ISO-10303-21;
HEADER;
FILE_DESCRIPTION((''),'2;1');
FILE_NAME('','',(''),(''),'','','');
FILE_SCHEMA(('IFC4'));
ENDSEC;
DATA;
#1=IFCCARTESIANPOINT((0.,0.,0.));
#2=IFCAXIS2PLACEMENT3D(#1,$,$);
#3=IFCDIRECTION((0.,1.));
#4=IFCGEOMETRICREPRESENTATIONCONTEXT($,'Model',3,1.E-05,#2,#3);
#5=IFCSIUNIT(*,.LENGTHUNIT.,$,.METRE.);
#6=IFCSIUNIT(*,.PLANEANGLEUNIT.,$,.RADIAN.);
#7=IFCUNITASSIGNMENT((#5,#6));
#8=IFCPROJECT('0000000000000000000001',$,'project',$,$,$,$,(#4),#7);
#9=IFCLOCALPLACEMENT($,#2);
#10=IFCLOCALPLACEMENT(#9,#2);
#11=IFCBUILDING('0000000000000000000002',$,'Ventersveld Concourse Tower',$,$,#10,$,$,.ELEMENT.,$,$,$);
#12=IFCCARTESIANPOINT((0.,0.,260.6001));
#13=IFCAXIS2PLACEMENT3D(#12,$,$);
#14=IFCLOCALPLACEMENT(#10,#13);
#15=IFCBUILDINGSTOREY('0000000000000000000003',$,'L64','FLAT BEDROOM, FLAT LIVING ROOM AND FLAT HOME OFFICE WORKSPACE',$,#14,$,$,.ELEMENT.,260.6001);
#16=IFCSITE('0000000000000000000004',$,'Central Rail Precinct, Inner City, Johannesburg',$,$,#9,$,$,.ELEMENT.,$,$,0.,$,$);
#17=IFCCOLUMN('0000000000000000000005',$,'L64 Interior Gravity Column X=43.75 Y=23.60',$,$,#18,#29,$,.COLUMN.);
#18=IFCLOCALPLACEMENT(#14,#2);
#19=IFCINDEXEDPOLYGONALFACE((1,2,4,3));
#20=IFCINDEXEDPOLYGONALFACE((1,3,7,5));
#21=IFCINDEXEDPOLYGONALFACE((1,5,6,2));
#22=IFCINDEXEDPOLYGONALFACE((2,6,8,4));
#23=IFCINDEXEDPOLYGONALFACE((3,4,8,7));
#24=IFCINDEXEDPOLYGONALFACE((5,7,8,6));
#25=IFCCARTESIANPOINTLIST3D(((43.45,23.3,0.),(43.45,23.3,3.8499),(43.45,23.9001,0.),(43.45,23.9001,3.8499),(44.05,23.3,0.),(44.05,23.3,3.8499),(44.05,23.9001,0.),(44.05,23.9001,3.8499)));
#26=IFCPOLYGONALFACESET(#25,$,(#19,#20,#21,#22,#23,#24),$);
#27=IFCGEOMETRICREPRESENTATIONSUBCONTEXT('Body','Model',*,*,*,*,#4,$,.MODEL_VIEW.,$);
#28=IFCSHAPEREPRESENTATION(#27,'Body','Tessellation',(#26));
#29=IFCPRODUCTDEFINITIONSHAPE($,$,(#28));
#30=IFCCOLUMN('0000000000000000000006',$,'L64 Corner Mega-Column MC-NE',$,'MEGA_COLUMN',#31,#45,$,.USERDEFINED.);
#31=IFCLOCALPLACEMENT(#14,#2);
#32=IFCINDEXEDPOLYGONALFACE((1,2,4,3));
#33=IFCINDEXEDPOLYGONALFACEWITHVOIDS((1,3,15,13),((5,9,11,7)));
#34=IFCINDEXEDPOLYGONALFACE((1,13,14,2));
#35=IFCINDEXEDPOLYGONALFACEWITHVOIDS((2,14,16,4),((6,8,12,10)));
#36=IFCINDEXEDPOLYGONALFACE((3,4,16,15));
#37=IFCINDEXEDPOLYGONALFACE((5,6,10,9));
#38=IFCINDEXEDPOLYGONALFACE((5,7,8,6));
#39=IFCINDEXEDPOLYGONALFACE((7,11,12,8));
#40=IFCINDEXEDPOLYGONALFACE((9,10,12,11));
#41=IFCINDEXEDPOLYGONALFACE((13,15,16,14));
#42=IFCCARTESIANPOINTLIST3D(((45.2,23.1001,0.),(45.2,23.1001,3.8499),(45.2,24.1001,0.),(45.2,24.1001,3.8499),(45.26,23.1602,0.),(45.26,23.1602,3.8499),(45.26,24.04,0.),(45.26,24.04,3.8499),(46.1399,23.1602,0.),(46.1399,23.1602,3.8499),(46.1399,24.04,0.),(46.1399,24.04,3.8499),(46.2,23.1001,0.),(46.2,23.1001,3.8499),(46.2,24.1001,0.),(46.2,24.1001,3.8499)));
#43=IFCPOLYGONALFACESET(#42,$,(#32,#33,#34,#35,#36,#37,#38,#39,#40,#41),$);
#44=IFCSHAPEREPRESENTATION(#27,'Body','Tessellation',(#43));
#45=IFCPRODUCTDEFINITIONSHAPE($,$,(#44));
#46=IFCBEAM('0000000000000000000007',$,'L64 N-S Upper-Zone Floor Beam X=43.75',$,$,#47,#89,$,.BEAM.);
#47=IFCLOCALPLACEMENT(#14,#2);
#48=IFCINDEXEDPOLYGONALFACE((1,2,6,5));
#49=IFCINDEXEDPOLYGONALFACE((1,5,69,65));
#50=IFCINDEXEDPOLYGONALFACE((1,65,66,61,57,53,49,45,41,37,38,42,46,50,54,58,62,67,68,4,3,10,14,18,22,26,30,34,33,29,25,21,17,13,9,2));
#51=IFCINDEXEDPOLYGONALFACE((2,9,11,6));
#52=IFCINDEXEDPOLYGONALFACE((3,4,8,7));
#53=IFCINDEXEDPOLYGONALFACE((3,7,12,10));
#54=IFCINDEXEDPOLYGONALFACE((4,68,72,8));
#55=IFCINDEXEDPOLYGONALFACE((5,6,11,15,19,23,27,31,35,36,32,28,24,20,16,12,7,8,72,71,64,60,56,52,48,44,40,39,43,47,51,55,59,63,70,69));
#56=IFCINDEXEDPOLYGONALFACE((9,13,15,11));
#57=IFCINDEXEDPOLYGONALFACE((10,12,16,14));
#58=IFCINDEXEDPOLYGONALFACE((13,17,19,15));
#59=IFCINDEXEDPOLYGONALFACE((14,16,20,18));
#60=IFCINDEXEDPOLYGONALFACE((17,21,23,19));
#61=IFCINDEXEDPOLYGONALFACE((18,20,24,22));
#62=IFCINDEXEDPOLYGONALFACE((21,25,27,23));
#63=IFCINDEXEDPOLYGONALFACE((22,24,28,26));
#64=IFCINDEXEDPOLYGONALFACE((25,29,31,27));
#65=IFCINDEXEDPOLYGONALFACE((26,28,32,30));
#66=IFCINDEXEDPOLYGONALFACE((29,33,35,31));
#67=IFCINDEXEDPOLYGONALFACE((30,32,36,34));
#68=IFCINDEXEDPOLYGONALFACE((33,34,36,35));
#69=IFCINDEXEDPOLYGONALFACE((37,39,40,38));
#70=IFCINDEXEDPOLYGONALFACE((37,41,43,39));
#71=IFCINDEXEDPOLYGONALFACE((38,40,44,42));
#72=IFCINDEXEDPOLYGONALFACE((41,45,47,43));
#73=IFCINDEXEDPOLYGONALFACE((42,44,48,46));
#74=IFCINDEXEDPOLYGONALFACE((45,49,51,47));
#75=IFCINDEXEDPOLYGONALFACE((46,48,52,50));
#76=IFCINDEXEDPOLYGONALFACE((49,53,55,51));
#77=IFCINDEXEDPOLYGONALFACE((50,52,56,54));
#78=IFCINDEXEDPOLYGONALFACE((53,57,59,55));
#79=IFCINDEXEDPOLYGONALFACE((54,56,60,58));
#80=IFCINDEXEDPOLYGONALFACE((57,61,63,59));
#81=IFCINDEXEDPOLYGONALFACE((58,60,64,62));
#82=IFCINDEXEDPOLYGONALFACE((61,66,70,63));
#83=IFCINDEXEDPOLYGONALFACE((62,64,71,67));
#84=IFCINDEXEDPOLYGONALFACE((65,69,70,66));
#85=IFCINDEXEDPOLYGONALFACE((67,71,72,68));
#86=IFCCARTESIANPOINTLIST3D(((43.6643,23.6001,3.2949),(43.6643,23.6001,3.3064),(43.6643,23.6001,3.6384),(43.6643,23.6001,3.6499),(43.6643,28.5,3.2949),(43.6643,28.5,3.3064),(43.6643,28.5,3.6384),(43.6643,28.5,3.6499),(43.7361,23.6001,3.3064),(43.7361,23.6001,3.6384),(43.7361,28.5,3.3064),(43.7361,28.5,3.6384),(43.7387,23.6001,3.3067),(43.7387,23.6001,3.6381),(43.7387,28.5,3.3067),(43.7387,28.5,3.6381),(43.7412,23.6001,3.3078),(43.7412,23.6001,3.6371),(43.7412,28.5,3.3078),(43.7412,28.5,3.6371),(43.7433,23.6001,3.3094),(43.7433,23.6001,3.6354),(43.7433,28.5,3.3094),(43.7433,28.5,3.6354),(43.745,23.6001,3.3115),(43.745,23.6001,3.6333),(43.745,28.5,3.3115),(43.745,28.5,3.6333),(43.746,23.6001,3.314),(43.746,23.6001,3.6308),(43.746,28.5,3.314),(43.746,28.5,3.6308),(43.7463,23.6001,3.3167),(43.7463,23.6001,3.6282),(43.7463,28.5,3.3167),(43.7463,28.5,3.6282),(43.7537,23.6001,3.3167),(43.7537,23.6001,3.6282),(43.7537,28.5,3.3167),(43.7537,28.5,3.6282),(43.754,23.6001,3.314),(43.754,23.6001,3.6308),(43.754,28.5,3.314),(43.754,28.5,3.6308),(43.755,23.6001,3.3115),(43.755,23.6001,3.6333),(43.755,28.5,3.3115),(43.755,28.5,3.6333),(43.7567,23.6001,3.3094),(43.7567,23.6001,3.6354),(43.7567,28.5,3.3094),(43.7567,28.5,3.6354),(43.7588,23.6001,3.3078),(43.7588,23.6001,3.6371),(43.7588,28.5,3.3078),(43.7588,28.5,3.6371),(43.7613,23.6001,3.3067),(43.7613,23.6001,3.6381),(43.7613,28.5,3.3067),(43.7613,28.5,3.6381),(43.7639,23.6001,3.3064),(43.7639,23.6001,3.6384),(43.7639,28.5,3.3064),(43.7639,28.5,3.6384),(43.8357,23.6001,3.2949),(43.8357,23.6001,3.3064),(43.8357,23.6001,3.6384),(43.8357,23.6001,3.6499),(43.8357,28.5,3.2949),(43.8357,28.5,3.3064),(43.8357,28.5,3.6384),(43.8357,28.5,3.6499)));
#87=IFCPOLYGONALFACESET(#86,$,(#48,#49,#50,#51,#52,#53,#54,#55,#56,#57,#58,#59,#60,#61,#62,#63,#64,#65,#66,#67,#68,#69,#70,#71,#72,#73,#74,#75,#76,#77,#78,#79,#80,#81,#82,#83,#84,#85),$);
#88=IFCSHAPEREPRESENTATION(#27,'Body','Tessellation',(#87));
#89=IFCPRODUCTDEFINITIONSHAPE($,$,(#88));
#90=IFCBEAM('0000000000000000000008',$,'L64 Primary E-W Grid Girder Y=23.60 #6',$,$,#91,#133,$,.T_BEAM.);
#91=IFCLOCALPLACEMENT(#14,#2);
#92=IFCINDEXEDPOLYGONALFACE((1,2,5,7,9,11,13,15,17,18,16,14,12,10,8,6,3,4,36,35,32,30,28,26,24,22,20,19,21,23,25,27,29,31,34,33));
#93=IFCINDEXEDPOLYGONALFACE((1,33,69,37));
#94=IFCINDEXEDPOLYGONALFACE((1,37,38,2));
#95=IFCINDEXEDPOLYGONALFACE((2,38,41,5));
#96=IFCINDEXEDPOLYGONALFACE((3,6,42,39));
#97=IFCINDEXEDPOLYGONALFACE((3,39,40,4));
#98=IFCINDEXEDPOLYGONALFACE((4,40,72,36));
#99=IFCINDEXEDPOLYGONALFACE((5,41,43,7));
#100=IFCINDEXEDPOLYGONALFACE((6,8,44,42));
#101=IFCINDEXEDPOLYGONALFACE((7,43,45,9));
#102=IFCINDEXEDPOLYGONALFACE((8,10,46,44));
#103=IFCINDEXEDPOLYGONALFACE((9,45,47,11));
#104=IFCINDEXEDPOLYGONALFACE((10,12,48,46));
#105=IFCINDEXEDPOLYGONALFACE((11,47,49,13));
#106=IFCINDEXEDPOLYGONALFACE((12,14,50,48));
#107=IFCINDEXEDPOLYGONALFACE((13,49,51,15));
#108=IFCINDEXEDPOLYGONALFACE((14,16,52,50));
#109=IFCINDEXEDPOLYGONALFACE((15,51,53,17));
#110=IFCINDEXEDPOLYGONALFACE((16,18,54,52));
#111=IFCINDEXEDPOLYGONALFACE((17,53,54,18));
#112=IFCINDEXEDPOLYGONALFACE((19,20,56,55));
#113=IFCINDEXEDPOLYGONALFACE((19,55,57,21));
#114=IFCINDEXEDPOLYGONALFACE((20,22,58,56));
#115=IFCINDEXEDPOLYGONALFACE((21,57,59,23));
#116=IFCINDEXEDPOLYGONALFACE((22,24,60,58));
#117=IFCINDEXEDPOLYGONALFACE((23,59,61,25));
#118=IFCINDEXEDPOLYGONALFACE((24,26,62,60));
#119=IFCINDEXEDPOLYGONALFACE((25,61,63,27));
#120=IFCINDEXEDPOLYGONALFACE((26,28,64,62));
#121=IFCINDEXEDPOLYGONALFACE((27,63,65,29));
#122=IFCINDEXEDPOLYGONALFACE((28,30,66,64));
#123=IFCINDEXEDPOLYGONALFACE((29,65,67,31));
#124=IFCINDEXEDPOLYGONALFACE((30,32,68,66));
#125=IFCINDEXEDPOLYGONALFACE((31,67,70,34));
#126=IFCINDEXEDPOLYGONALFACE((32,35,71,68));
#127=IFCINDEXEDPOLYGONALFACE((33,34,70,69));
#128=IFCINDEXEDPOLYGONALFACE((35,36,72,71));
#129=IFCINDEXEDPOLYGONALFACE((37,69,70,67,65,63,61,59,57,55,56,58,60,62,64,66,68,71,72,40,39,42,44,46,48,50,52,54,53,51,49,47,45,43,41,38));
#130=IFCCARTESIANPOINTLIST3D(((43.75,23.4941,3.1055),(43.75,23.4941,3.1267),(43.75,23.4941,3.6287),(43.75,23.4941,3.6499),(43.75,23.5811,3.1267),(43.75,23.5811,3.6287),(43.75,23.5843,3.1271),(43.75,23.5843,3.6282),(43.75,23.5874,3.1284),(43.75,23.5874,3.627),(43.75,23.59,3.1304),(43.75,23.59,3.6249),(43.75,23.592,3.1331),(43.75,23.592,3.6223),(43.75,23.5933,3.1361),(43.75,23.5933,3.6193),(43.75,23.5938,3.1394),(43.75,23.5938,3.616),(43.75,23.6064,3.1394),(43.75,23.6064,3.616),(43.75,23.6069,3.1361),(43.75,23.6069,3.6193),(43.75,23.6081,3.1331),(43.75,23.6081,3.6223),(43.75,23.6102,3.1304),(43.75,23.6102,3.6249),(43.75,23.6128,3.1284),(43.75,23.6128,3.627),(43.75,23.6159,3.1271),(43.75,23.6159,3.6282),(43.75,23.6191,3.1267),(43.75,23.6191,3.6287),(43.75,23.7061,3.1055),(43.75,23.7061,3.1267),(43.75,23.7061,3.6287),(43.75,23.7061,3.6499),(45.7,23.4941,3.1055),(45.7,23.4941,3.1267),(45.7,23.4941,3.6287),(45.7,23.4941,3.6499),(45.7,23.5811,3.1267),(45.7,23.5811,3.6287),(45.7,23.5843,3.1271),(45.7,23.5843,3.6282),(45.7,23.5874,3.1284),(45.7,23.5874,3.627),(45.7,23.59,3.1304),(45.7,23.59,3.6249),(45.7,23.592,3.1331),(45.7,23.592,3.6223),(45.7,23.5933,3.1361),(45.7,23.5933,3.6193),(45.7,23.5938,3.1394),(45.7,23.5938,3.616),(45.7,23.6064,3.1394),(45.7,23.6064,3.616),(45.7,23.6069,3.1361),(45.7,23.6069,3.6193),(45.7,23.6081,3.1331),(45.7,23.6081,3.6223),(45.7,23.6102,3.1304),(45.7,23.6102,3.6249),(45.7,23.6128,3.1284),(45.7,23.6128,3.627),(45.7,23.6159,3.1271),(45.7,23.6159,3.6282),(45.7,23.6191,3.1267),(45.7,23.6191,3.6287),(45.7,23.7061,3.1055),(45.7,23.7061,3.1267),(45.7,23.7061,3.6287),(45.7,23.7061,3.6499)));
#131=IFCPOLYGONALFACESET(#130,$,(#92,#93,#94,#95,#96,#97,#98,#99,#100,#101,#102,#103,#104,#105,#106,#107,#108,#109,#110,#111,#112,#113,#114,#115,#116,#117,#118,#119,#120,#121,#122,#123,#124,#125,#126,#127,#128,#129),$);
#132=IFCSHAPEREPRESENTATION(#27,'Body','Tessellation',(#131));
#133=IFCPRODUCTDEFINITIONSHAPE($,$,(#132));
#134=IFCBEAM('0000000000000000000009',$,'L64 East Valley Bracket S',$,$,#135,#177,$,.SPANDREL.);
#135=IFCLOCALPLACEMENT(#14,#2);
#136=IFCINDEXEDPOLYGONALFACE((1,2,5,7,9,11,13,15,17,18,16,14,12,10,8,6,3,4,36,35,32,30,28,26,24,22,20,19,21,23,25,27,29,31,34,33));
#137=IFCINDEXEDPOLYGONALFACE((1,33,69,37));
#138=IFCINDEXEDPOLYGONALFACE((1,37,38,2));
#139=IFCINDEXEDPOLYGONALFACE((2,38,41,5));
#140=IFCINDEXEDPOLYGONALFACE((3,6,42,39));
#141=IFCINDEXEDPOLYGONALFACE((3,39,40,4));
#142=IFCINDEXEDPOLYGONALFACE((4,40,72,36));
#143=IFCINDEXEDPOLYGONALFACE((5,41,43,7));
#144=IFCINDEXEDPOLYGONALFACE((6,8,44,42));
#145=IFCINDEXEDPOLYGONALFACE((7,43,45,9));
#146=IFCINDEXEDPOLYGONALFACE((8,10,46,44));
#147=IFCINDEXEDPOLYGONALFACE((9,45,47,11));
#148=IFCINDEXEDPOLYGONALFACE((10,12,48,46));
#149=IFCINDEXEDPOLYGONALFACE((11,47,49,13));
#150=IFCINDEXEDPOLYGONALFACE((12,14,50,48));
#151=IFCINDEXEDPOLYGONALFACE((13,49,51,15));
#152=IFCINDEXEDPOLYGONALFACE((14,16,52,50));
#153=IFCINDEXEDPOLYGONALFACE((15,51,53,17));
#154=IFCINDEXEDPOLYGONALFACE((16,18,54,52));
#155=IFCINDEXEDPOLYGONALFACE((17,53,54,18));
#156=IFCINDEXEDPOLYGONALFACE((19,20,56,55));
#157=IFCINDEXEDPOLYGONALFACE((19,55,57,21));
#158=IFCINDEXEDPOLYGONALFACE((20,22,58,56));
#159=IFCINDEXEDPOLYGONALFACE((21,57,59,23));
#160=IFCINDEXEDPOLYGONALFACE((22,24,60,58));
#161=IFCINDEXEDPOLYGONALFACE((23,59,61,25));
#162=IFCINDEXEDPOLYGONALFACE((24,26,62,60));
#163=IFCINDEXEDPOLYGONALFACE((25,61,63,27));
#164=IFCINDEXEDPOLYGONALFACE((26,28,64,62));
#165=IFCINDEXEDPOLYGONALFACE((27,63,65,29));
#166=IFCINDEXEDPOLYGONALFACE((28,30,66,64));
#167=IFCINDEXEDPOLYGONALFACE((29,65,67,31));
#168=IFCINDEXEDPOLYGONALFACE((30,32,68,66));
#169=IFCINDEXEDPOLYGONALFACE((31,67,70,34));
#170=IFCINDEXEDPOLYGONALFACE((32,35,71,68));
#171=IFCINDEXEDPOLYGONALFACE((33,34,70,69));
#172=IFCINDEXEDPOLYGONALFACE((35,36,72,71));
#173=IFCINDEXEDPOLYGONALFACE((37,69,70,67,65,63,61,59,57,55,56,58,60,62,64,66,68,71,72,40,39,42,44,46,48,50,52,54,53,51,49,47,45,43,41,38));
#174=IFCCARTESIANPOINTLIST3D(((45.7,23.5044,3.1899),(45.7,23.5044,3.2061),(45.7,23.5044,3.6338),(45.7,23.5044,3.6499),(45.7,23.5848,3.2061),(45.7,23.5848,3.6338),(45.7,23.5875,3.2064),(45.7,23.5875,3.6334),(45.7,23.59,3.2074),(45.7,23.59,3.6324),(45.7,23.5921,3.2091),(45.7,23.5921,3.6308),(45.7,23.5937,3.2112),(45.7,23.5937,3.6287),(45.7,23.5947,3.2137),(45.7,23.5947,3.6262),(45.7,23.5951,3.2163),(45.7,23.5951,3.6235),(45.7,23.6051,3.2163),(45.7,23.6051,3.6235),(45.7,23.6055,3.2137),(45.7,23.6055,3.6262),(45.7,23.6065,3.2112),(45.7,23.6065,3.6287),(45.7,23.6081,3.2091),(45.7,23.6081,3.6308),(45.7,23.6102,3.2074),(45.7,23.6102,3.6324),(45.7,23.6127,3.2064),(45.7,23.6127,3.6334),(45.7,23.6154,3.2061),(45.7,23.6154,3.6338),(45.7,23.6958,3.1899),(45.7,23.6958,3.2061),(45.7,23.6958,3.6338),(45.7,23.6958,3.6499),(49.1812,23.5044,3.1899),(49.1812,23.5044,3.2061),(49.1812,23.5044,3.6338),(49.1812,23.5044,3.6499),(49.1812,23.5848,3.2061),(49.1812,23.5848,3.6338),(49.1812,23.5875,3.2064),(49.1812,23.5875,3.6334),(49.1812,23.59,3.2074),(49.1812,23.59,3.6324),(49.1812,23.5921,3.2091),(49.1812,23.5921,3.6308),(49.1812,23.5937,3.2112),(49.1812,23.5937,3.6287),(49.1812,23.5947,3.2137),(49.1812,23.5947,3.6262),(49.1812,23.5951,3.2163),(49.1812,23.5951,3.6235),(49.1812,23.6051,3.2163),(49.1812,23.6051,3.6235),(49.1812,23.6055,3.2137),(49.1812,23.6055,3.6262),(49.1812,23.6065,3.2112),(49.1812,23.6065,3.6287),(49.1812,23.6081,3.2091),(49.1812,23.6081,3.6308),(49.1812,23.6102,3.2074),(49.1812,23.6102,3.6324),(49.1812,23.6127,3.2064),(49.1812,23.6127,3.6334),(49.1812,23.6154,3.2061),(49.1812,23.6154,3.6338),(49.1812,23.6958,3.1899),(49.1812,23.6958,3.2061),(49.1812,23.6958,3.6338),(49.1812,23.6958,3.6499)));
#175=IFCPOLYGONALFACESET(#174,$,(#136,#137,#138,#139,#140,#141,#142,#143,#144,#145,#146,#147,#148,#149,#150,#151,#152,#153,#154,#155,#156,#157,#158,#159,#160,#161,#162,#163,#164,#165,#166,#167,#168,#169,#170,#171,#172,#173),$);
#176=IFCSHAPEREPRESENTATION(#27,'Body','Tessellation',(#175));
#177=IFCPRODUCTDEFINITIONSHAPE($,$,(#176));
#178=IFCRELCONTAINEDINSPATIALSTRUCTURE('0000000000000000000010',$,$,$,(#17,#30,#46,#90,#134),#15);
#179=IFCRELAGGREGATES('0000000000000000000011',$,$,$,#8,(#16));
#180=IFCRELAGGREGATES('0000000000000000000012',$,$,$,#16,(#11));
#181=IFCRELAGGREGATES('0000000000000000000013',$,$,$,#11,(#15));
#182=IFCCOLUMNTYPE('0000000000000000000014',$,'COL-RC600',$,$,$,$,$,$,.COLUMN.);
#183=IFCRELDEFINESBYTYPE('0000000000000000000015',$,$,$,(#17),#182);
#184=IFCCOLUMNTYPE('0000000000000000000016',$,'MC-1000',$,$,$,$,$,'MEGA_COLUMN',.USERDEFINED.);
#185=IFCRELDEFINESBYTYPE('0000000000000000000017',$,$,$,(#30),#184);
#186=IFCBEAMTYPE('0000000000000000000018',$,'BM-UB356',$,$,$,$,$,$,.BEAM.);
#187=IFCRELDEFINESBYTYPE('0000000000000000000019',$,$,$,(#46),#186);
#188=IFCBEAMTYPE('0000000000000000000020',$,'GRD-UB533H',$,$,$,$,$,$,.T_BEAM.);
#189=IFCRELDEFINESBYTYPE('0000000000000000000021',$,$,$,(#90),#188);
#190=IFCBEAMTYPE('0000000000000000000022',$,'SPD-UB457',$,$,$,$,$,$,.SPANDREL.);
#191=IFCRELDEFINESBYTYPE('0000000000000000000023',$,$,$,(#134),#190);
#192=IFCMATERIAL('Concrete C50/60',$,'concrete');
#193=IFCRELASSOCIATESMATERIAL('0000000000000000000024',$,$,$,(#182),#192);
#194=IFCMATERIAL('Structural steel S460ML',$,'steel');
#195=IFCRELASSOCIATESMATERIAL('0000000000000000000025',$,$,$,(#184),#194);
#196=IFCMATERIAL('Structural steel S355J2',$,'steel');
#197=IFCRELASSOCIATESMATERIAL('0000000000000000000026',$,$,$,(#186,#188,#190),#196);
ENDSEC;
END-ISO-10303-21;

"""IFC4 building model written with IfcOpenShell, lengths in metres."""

from ifc_helpers import new_model, si_unit, direction, frame, origin, origin_2d, place, context, subcontext, project, spatial, rectangle, hollow_rectangle, i_section, extrude, material, material_profile, profile_set, type_object, element, save


model = new_model("IFC4")

# Units and contexts
model_context = context("Model", 3, precision=1e-05, world=origin(), true_north=direction((0.0, 1.0)))
body_context = subcontext(model_context, "Body", "Model", "MODEL_VIEW")
ifc_project = project(units=[si_unit("LENGTHUNIT", "METRE"), si_unit("PLANEANGLEUNIT", "RADIAN")], contexts=[model_context])

# Site, building, storey
site_placement = place(None, origin())
site = spatial("IfcSite", under=ifc_project, at=site_placement, Name="Central Rail Precinct, Inner City, Johannesburg", CompositionType="ELEMENT", RefElevation=0.0)
building_placement = place(site_placement, origin())
building = spatial("IfcBuilding", under=site, at=building_placement, Name="Ventersveld Concourse Tower", CompositionType="ELEMENT")
storey_placement = place(building_placement, frame((0.0, 0.0, 260.6001)))
storey = spatial("IfcBuildingStorey", under=building, at=storey_placement, Name="L64", Description="FLAT BEDROOM, FLAT LIVING ROOM AND FLAT HOME OFFICE WORKSPACE", CompositionType="ELEMENT", Elevation=260.6001)

# Columns
ifc_material_1 = material(Name="Concrete C50/60", Category="concrete")
ifc_material_profile_1 = material_profile(ifc_material_1, rectangle(XDim=0.6001, YDim=0.6001, at=origin_2d()), Name="RC 600x600")
ifc_profile_set_1 = profile_set([ifc_material_profile_1], Name="Concrete C50/60")
column_type_1 = type_object("IfcColumnType", Name="COL-RC600", PredefinedType="COLUMN", material=ifc_profile_set_1)
column_1_placement = place(storey_placement, frame((43.75, 23.6001, 0.0), z_axis=(0.0, 0.0, 1.0), x_axis=(1.0, 0.0, 0.0)))
element("IfcColumn", 1, at=column_1_placement, inside=storey, type_object=column_type_1, Name="L64 Interior Gravity Column X=43.75 Y=23.60", PredefinedType="COLUMN", context=body_context, shape_type="SweptSolid", body=[
    extrude(rectangle(XDim=0.6001, YDim=0.6001, at=origin_2d()), origin(), (0.0, 0.0, 1.0), 3.8499),
])
ifc_material_2 = material(Name="Structural steel S460ML", Category="steel")
ifc_material_profile_2 = material_profile(ifc_material_2, hollow_rectangle(XDim=1.0, YDim=1.0, WallThickness=0.0601, at=origin_2d()), Name="BOX 1000x1000x60")
ifc_profile_set_2 = profile_set([ifc_material_profile_2], Name="Structural steel S460ML")
column_type_2 = type_object("IfcColumnType", Name="MC-1000", ElementType="MEGA_COLUMN", PredefinedType="USERDEFINED", material=ifc_profile_set_2)
column_2_placement = place(storey_placement, frame((45.7, 23.6001, 0.0), z_axis=(0.0, 0.0, 1.0), x_axis=(1.0, 0.0, 0.0)))
element("IfcColumn", 2, at=column_2_placement, inside=storey, type_object=column_type_2, Name="L64 Corner Mega-Column MC-NE", ObjectType="MEGA_COLUMN", PredefinedType="USERDEFINED", context=body_context, shape_type="SweptSolid", body=[
    extrude(hollow_rectangle(XDim=1.0, YDim=1.0, WallThickness=0.0601, at=origin_2d()), origin(), (0.0, 0.0, 1.0), 3.8499),
])

# Beams
ifc_material_3 = material(Name="Structural steel S355J2", Category="steel")
ifc_material_profile_3 = material_profile(ifc_material_3, i_section(OverallWidth=0.1714, OverallDepth=0.355, WebThickness=0.0073, FlangeThickness=0.0115, FilletRadius=0.0103, at=origin_2d()), Name="UB 356x171x51")
ifc_profile_set_3 = profile_set([ifc_material_profile_3], Name="Structural steel S355J2")
beam_type_1 = type_object("IfcBeamType", Name="BM-UB356", PredefinedType="BEAM", material=ifc_profile_set_3)
beam_1_placement = place(storey_placement, frame((43.75, 23.6001, 3.4724), z_axis=(0.0, 1.0, 0.0), x_axis=(-1.0, 0.0, 0.0)))
element("IfcBeam", 3, at=beam_1_placement, inside=storey, type_object=beam_type_1, Name="L64 N-S Upper-Zone Floor Beam X=43.75", PredefinedType="BEAM", context=body_context, shape_type="SweptSolid", body=[
    extrude(i_section(OverallWidth=0.1714, OverallDepth=0.355, WebThickness=0.0073, FlangeThickness=0.0115, FilletRadius=0.0103, at=origin_2d()), origin(), (0.0, 0.0, 1.0), 4.8999),
])
ifc_material_profile_4 = material_profile(ifc_material_3, i_section(OverallWidth=0.2119, OverallDepth=0.5444, WebThickness=0.0127, FlangeThickness=0.0212, FilletRadius=0.0127, at=origin_2d()), Name="UB 533x210x122")
ifc_profile_set_4 = profile_set([ifc_material_profile_4], Name="Structural steel S355J2")
beam_type_2 = type_object("IfcBeamType", Name="GRD-UB533H", PredefinedType="T_BEAM", material=ifc_profile_set_4)
beam_2_placement = place(storey_placement, frame((43.75, 23.6001, 3.3777), z_axis=(1.0, 0.0, 0.0), x_axis=(0.0, 1.0, 0.0)))
element("IfcBeam", 4, at=beam_2_placement, inside=storey, type_object=beam_type_2, Name="L64 Primary E-W Grid Girder Y=23.60 #6", PredefinedType="T_BEAM", context=body_context, shape_type="SweptSolid", body=[
    extrude(i_section(OverallWidth=0.2119, OverallDepth=0.5444, WebThickness=0.0127, FlangeThickness=0.0212, FilletRadius=0.0127, at=origin_2d()), origin(), (0.0, 0.0, 1.0), 1.95),
])
ifc_material_profile_5 = material_profile(ifc_material_3, i_section(OverallWidth=0.1914, OverallDepth=0.46, WebThickness=0.01, FlangeThickness=0.0161, FilletRadius=0.0103, at=origin_2d()), Name="UB 457x191x82")
ifc_profile_set_5 = profile_set([ifc_material_profile_5], Name="Structural steel S355J2")
beam_type_3 = type_object("IfcBeamType", Name="SPD-UB457", PredefinedType="SPANDREL", material=ifc_profile_set_5)
beam_3_placement = place(storey_placement, frame((45.7, 23.6001, 3.4199), z_axis=(1.0, 0.0, 0.0), x_axis=(0.0, 1.0, 0.0)))
element("IfcBeam", 5, at=beam_3_placement, inside=storey, type_object=beam_type_3, Name="L64 East Valley Bracket S", PredefinedType="SPANDREL", context=body_context, shape_type="SweptSolid", body=[
    extrude(i_section(OverallWidth=0.1914, OverallDepth=0.46, WebThickness=0.01, FlangeThickness=0.0161, FilletRadius=0.0103, at=origin_2d()), origin(), (0.0, 0.0, 1.0), 3.4812),
])

save(model, "model.ifc")
